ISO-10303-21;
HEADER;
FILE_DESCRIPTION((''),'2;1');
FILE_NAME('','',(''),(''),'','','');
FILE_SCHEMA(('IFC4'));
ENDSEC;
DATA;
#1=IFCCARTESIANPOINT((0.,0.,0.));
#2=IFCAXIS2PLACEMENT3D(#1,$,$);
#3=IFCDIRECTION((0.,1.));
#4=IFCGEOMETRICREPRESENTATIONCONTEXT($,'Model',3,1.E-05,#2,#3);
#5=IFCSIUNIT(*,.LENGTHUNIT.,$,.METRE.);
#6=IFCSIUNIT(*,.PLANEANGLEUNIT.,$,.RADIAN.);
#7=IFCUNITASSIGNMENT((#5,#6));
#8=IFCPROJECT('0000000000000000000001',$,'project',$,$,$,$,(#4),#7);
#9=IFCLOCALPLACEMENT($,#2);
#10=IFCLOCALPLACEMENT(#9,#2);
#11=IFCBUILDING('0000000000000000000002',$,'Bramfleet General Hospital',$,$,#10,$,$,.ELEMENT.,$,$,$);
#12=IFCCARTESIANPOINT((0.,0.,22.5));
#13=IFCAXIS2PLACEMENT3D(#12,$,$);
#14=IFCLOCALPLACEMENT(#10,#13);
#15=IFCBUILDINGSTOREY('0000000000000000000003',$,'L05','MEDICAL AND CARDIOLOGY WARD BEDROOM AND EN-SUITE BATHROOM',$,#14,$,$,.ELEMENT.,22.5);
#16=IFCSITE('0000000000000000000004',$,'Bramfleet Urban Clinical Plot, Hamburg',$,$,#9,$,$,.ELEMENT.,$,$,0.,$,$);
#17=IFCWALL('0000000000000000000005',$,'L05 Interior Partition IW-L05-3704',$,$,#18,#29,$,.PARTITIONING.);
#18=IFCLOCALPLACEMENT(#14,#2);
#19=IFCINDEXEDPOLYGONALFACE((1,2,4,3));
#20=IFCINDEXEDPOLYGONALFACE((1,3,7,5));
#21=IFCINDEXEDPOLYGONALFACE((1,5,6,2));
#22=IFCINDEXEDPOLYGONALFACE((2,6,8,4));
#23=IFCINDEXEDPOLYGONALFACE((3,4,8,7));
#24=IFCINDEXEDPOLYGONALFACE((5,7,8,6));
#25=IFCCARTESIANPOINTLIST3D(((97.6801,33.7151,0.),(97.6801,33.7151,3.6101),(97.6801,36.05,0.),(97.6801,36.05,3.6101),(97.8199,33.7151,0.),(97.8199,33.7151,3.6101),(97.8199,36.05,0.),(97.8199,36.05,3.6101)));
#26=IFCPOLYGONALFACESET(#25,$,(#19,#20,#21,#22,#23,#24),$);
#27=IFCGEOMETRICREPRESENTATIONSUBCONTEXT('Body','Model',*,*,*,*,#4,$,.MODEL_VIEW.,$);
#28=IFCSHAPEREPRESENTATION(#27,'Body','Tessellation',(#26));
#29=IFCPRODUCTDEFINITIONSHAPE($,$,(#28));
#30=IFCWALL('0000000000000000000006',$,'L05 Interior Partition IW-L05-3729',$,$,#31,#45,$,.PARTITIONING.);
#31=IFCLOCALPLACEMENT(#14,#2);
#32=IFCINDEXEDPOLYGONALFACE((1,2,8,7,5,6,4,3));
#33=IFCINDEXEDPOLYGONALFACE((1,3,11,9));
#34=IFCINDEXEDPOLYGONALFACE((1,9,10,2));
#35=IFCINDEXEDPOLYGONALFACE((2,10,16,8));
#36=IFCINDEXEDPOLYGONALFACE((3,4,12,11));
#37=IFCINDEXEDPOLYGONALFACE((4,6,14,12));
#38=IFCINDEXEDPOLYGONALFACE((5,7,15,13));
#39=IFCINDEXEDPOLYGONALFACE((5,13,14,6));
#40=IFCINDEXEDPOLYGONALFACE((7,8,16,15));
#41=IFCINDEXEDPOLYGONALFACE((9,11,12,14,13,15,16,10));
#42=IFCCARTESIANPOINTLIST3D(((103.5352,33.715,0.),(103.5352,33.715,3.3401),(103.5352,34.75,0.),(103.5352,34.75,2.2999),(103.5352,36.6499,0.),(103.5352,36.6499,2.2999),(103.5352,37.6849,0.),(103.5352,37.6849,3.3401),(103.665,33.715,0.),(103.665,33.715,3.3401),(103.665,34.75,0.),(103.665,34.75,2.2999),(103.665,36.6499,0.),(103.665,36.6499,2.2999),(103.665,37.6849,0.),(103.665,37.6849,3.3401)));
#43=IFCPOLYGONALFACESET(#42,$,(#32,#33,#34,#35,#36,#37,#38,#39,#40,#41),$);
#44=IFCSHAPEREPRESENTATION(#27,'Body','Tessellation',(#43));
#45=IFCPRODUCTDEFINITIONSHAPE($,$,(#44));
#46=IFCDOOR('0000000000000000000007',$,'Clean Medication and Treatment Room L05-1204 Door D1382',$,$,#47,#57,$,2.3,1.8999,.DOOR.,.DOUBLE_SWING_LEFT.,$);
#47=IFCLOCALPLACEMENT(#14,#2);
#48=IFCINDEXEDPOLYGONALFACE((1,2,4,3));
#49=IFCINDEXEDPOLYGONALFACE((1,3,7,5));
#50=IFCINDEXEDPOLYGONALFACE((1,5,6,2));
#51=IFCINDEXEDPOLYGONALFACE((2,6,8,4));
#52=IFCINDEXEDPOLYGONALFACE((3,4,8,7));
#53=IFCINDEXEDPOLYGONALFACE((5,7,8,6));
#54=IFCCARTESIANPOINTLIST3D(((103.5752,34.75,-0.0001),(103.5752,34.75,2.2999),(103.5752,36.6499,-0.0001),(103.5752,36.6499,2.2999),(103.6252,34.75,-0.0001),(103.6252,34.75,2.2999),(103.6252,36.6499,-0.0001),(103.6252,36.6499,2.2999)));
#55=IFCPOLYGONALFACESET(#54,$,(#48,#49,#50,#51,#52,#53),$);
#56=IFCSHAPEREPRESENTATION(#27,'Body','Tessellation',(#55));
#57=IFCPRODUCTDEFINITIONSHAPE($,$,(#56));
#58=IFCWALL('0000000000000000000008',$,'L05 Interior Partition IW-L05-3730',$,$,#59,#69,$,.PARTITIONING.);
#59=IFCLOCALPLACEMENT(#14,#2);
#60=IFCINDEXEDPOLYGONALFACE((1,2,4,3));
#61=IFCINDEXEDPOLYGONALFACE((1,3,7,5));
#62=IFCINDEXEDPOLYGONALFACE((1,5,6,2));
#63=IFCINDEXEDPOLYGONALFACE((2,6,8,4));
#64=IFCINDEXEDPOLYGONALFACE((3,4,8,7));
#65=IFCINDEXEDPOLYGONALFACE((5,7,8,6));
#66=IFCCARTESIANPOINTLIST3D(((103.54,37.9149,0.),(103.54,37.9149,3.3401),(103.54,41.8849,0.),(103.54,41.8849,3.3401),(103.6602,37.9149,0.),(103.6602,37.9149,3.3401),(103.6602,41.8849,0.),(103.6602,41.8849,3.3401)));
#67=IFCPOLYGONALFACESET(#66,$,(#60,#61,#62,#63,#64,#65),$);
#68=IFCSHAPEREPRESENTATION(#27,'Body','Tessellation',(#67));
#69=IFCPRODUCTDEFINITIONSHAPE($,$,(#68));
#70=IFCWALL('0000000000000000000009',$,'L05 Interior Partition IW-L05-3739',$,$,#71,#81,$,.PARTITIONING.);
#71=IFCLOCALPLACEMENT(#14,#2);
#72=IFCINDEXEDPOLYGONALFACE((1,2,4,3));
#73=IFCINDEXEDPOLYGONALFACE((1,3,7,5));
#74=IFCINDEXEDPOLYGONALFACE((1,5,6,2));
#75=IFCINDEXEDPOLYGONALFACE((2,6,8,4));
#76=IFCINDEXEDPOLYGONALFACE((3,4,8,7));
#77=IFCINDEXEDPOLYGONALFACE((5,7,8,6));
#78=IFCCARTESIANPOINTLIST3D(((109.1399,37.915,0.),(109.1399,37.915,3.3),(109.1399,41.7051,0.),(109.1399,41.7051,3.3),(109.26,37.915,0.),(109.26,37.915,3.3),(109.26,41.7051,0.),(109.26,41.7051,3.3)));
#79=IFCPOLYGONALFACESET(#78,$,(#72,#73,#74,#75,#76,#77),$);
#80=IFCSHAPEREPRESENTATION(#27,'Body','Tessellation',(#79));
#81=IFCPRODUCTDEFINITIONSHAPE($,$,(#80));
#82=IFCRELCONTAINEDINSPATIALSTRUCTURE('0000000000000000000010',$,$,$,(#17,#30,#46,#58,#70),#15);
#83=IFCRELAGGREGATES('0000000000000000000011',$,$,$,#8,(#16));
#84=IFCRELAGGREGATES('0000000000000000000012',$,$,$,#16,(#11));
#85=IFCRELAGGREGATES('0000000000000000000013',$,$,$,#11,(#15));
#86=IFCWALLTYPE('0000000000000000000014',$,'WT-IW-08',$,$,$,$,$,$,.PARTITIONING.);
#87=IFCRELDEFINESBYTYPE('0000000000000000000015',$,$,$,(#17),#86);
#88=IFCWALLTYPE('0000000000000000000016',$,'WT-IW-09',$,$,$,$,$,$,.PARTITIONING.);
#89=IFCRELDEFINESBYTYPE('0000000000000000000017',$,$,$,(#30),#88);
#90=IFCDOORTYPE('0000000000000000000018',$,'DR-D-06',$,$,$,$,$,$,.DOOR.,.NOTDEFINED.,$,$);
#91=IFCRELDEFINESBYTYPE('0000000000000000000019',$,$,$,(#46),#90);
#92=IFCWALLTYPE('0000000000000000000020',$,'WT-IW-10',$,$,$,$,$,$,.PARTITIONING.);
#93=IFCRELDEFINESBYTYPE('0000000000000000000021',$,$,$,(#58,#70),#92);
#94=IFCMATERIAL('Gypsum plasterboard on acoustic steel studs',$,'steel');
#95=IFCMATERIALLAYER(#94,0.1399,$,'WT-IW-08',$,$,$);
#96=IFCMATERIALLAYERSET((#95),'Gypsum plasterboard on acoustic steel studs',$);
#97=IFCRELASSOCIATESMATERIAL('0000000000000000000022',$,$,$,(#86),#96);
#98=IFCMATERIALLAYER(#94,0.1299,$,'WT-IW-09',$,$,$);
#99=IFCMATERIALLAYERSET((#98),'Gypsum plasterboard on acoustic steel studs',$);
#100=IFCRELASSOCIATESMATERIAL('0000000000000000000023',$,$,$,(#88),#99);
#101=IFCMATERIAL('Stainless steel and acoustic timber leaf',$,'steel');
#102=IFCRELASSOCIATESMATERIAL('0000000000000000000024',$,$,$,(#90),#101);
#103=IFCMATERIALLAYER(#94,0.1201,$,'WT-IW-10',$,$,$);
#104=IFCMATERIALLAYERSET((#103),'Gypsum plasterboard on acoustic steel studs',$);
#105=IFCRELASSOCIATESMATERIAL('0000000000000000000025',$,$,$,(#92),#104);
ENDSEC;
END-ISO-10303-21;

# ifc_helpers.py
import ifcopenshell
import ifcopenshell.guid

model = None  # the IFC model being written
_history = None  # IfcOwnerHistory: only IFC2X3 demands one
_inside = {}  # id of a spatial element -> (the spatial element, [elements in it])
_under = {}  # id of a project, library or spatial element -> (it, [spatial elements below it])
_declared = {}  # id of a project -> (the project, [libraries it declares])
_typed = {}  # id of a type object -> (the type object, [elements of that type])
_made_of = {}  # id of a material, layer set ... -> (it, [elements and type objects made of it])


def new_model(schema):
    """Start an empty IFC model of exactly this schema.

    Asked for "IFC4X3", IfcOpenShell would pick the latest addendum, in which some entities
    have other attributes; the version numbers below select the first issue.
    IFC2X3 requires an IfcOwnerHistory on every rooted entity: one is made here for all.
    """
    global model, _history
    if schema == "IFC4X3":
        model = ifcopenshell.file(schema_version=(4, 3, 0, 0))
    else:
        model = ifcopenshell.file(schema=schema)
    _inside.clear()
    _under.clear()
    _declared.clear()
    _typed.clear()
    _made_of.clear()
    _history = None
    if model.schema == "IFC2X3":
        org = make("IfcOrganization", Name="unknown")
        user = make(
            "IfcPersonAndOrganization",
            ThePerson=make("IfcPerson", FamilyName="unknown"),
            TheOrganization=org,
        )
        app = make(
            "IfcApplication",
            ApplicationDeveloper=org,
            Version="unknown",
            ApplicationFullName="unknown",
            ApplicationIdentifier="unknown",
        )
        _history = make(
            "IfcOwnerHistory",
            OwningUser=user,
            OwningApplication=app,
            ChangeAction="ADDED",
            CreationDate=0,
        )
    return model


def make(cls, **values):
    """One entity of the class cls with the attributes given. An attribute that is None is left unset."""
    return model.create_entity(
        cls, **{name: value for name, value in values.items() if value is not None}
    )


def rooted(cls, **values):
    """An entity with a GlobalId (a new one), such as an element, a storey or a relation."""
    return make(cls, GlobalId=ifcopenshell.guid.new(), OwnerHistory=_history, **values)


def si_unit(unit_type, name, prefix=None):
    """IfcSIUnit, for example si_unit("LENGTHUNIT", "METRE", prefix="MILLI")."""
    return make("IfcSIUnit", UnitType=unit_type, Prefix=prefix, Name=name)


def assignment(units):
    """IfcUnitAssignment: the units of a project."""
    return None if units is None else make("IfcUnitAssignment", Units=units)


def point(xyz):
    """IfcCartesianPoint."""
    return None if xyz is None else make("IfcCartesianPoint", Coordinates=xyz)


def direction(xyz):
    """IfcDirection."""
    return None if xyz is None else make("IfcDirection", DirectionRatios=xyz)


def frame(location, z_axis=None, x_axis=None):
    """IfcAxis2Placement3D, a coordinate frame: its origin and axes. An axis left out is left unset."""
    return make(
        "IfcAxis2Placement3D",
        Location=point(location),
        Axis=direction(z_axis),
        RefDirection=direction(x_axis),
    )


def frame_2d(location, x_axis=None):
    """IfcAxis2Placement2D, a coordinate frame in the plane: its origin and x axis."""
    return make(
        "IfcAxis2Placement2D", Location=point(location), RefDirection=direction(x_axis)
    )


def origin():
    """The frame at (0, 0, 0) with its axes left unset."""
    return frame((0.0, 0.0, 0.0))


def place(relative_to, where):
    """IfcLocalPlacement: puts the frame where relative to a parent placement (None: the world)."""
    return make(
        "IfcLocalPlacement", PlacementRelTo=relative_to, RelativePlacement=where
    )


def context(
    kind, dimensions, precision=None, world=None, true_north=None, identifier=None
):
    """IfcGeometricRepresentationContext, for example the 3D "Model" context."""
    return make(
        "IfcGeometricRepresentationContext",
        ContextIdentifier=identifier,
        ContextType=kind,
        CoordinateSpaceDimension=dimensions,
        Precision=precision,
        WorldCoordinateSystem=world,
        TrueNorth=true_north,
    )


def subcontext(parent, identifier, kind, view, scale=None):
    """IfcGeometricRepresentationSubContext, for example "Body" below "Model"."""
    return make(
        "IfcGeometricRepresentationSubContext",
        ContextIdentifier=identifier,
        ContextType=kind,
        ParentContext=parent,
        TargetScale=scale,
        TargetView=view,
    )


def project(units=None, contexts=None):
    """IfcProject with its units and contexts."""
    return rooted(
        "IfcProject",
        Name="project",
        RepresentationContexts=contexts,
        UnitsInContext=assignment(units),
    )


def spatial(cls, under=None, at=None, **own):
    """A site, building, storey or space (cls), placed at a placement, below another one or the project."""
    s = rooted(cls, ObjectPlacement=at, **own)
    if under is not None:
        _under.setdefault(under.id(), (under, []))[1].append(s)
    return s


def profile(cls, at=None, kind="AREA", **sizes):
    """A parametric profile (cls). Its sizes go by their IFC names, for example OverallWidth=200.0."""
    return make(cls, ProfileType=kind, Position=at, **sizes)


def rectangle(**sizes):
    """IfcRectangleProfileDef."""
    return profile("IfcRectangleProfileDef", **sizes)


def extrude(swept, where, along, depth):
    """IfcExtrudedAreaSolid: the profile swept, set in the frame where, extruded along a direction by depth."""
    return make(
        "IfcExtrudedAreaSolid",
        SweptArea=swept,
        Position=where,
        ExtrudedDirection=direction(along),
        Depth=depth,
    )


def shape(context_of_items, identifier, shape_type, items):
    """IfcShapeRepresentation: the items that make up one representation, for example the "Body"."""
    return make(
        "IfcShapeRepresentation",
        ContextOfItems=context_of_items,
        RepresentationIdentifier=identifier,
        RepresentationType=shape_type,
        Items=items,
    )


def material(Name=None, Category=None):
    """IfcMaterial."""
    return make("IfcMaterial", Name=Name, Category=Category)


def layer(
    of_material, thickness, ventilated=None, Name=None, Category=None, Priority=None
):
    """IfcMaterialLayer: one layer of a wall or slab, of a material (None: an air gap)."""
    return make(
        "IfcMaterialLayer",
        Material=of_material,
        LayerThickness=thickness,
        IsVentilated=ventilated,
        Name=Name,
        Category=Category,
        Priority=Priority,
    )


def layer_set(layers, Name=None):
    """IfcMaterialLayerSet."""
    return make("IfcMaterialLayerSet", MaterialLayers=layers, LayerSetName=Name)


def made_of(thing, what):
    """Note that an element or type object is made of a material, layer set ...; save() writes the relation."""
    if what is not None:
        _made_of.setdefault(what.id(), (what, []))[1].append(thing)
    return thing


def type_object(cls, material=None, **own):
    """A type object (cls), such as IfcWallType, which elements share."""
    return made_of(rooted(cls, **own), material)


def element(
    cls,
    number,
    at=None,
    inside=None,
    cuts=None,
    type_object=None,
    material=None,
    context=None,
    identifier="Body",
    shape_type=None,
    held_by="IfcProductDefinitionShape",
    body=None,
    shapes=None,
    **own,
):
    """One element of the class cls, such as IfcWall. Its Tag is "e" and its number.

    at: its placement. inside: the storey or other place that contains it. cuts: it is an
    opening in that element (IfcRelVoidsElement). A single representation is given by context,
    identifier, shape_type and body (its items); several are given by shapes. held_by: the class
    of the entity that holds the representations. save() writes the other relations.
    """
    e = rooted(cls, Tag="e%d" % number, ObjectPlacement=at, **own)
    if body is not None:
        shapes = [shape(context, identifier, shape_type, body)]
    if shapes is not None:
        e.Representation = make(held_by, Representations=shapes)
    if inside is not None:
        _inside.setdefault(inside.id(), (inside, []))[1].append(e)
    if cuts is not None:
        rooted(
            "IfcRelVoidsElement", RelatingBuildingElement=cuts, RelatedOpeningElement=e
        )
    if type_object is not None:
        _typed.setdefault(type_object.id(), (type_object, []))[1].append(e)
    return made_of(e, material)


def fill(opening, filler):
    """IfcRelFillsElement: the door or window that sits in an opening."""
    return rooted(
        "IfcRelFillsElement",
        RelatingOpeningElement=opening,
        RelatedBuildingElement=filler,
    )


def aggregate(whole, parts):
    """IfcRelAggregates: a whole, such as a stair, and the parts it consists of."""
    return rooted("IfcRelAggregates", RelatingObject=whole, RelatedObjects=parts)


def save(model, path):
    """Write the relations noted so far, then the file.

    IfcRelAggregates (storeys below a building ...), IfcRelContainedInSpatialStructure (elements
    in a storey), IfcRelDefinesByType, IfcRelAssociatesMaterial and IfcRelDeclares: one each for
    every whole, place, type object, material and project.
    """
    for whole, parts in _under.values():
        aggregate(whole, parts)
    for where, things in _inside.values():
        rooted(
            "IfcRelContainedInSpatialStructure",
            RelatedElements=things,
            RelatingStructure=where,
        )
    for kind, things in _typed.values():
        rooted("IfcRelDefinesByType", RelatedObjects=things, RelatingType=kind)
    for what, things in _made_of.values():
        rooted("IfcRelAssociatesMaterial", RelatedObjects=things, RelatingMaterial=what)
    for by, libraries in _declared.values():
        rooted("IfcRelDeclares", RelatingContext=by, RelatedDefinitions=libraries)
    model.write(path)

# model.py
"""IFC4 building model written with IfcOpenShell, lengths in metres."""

from ifc_helpers import new_model, si_unit, direction, frame, frame_2d, origin, place, context, subcontext, project, spatial, rectangle, extrude, material, layer, layer_set, type_object, element, fill, save


model = new_model("IFC4")

# Units and contexts
model_context = context("Model", 3, precision=1e-05, world=origin(), true_north=direction((0.0, 1.0)))
body_context = subcontext(model_context, "Body", "Model", "MODEL_VIEW")
ifc_project = project(units=[si_unit("LENGTHUNIT", "METRE"), si_unit("PLANEANGLEUNIT", "RADIAN")], contexts=[model_context])

# Site, building, storey
site_placement = place(None, origin())
site = spatial("IfcSite", under=ifc_project, at=site_placement, Name="Bramfleet Urban Clinical Plot, Hamburg", CompositionType="ELEMENT", RefElevation=0.0)
building_placement = place(site_placement, origin())
building = spatial("IfcBuilding", under=site, at=building_placement, Name="Bramfleet General Hospital", CompositionType="ELEMENT")
storey_placement = place(building_placement, frame((0.0, 0.0, 22.5)))
storey = spatial("IfcBuildingStorey", under=building, at=storey_placement, Name="L05", Description="MEDICAL AND CARDIOLOGY WARD BEDROOM AND EN-SUITE BATHROOM", CompositionType="ELEMENT", Elevation=22.5)

# Wall
ifc_material_1 = material(Name="Gypsum plasterboard on acoustic steel studs", Category="steel")
ifc_layer_1 = layer(ifc_material_1, 0.1399, Name="WT-IW-08")
ifc_layer_set_1 = layer_set([ifc_layer_1], Name="Gypsum plasterboard on acoustic steel studs")
wall_type_1 = type_object("IfcWallType", Name="WT-IW-08", PredefinedType="PARTITIONING", material=ifc_layer_set_1)
wall_1_placement = place(storey_placement, frame((97.75, 33.7151, 0.0), z_axis=(0.0, 0.0, 1.0), x_axis=(0.0, 1.0, 0.0)))
element("IfcWall", 1, at=wall_1_placement, inside=storey, type_object=wall_type_1, Name="L05 Interior Partition IW-L05-3704", PredefinedType="PARTITIONING", context=body_context, shape_type="SweptSolid", body=[
    extrude(rectangle(XDim=2.335, YDim=0.1399, at=frame_2d((1.1675, 0.0))), origin(), (0.0, 0.0, 1.0), 3.6101),
])

# Wall, opening, door
ifc_layer_2 = layer(ifc_material_1, 0.1299, Name="WT-IW-09")
ifc_layer_set_2 = layer_set([ifc_layer_2], Name="Gypsum plasterboard on acoustic steel studs")
wall_type_2 = type_object("IfcWallType", Name="WT-IW-09", PredefinedType="PARTITIONING", material=ifc_layer_set_2)
wall_2_placement = place(storey_placement, frame((103.6001, 33.7151, 0.0), z_axis=(0.0, 0.0, 1.0), x_axis=(0.0, 1.0, 0.0)))
wall_2 = element("IfcWall", 2, at=wall_2_placement, inside=storey, type_object=wall_type_2, Name="L05 Interior Partition IW-L05-3729", PredefinedType="PARTITIONING", context=body_context, shape_type="SweptSolid", body=[
    extrude(rectangle(XDim=3.97, YDim=0.1299, at=frame_2d((1.9849, 0.0))), origin(), (0.0, 0.0, 1.0), 3.3401),
])
opening_placement = place(wall_2_placement, frame((1.0349, 0.0, 0.0)))
opening = element("IfcOpeningElement", 3, at=opening_placement, cuts=wall_2, PredefinedType="OPENING", context=body_context, shape_type="SweptSolid", body=[
    extrude(rectangle(XDim=1.8999, YDim=2.3, at=frame_2d((0.95, 1.1499))), frame((0.0, 0.075, 0.0), z_axis=(0.0, -1.0, 0.0), x_axis=(1.0, 0.0, 0.0)), (0.0, 0.0, 1.0), 0.1499),
])
ifc_material_2 = material(Name="Stainless steel and acoustic timber leaf", Category="steel")
door_type = type_object("IfcDoorType", Name="DR-D-06", OperationType="NOTDEFINED", PredefinedType="DOOR", material=ifc_material_2)
door_placement = place(opening_placement, origin())
door = element("IfcDoor", 4, at=door_placement, inside=storey, type_object=door_type, Name="Clean Medication and Treatment Room L05-1204 Door D1382", OperationType="DOUBLE_SWING_LEFT", OverallHeight=2.3, OverallWidth=1.8999, PredefinedType="DOOR", context=body_context, shape_type="SweptSolid", body=[
    extrude(rectangle(XDim=1.8999, YDim=2.3, at=frame_2d((0.95, 1.1499))), frame((0.0, 0.0249, 0.0), z_axis=(0.0, -1.0, 0.0), x_axis=(1.0, 0.0, 0.0)), (0.0, 0.0, 1.0), 0.05),
])
fill(opening, door)

# Walls
ifc_layer_3 = layer(ifc_material_1, 0.1201, Name="WT-IW-10")
ifc_layer_set_3 = layer_set([ifc_layer_3], Name="Gypsum plasterboard on acoustic steel studs")
wall_type_3 = type_object("IfcWallType", Name="WT-IW-10", PredefinedType="PARTITIONING", material=ifc_layer_set_3)
wall_3_placement = place(storey_placement, frame((103.6001, 37.915, 0.0), z_axis=(0.0, 0.0, 1.0), x_axis=(0.0, 1.0, 0.0)))
element("IfcWall", 5, at=wall_3_placement, inside=storey, type_object=wall_type_3, Name="L05 Interior Partition IW-L05-3730", PredefinedType="PARTITIONING", context=body_context, shape_type="SweptSolid", body=[
    extrude(rectangle(XDim=3.97, YDim=0.1201, at=frame_2d((1.9849, 0.0))), origin(), (0.0, 0.0, 1.0), 3.3401),
])
wall_4_placement = place(storey_placement, frame((109.2, 37.915, 0.0), z_axis=(0.0, 0.0, 1.0), x_axis=(0.0, 1.0, 0.0)))
element("IfcWall", 6, at=wall_4_placement, inside=storey, type_object=wall_type_3, Name="L05 Interior Partition IW-L05-3739", PredefinedType="PARTITIONING", context=body_context, shape_type="SweptSolid", body=[
    extrude(rectangle(XDim=3.79, YDim=0.1201, at=frame_2d((1.895, 0.0))), origin(), (0.0, 0.0, 1.0), 3.3),
])

save(model, "model.ifc")
